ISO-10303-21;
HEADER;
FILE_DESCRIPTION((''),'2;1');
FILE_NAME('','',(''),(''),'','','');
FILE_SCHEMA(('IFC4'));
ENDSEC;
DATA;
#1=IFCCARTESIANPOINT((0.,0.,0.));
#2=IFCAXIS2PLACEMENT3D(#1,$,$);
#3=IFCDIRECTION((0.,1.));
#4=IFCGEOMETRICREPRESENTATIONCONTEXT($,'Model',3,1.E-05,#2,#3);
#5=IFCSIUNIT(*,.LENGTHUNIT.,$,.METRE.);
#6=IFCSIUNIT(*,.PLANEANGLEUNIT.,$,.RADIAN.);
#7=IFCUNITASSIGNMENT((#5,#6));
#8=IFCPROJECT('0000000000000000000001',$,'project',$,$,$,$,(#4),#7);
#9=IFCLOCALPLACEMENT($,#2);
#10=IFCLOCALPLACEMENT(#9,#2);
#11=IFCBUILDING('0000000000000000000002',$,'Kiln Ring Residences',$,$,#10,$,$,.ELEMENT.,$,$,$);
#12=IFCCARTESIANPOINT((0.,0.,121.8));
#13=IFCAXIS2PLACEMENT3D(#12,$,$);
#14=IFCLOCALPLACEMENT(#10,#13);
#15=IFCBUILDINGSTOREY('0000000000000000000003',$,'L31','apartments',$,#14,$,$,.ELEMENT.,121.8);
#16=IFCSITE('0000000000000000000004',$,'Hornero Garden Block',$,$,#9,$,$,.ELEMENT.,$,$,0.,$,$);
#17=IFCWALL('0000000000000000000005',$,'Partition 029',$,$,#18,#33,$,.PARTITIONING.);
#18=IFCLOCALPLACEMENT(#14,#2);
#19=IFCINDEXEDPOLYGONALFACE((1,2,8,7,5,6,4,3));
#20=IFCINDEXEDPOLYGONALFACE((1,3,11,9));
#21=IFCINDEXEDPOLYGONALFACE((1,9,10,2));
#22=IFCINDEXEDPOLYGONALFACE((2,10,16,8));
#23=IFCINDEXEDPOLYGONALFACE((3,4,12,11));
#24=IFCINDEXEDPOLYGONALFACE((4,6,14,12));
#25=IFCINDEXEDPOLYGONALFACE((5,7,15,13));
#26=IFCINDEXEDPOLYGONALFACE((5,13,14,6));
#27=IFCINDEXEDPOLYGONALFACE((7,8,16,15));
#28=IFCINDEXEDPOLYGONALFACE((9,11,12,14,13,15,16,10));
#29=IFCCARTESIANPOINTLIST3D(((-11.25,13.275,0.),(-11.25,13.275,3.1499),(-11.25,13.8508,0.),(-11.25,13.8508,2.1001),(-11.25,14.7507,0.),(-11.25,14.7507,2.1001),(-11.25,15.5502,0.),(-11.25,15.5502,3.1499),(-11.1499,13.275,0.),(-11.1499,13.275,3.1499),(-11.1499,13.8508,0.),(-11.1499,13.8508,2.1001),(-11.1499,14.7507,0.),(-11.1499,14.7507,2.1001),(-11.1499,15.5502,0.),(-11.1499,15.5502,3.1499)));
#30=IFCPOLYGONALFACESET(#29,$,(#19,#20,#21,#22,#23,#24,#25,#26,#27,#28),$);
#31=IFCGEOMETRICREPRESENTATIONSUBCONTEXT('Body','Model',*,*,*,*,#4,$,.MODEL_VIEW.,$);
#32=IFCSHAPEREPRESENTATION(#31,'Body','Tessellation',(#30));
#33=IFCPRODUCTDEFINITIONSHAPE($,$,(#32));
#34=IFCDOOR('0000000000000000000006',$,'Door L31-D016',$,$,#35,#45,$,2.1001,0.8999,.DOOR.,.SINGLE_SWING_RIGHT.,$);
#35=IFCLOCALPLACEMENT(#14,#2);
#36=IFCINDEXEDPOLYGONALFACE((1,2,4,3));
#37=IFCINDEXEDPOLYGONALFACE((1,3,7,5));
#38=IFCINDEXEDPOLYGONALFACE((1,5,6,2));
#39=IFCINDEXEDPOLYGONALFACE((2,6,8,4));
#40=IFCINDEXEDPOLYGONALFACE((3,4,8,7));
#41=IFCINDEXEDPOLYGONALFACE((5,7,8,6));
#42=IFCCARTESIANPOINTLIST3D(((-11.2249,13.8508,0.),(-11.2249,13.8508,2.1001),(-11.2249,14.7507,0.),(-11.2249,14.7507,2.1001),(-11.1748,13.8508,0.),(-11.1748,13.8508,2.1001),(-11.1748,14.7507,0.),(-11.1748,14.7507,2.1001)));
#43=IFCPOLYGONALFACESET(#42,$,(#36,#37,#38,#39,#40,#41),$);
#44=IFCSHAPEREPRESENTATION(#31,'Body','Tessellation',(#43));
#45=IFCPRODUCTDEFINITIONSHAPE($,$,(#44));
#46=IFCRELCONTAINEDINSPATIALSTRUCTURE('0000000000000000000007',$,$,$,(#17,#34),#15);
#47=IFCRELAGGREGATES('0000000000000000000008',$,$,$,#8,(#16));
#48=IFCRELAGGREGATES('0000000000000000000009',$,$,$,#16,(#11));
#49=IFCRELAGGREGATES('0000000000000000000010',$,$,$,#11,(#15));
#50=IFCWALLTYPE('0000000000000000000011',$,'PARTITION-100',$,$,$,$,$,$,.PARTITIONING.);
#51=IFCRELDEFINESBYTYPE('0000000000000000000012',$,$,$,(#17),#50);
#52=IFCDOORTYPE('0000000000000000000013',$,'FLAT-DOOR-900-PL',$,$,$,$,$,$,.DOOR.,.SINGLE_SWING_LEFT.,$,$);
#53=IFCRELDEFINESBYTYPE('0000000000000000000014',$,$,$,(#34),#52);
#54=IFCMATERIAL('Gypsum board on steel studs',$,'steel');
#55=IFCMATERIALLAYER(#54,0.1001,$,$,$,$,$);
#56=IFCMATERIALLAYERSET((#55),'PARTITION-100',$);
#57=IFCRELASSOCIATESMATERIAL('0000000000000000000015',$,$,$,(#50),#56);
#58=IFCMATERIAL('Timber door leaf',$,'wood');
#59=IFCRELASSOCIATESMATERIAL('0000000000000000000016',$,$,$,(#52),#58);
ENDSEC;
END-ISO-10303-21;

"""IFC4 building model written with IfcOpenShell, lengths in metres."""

from ifc_helpers import new_model, si_unit, direction, frame, frame_2d, origin, place, context, subcontext, project, spatial, rectangle, extrude, material, layer, layer_set, type_object, element, fill, save


model = new_model("IFC4")

# Units and contexts
model_context = context("Model", 3, precision=1e-05, world=origin(), true_north=direction((0.0, 1.0)))
body_context = subcontext(model_context, "Body", "Model", "MODEL_VIEW")
ifc_project = project(units=[si_unit("LENGTHUNIT", "METRE"), si_unit("PLANEANGLEUNIT", "RADIAN")], contexts=[model_context])

# Site, building, storey
site_placement = place(None, origin())
site = spatial("IfcSite", under=ifc_project, at=site_placement, Name="Hornero Garden Block", CompositionType="ELEMENT", RefElevation=0.0)
building_placement = place(site_placement, origin())
building = spatial("IfcBuilding", under=site, at=building_placement, Name="Kiln Ring Residences", CompositionType="ELEMENT")
storey_placement = place(building_placement, frame((0.0, 0.0, 121.8)))
storey = spatial("IfcBuildingStorey", under=building, at=storey_placement, Name="L31", Description="apartments", CompositionType="ELEMENT", Elevation=121.8)

# Shared definitions
ifc_material_1 = material(Name="Gypsum board on steel studs", Category="steel")
ifc_layer_1 = layer(ifc_material_1, 0.1001)
ifc_layer_set_1 = layer_set([ifc_layer_1], Name="PARTITION-100")
wall_type_1 = type_object("IfcWallType", Name="PARTITION-100", PredefinedType="PARTITIONING", material=ifc_layer_set_1)

# Wall, opening, door
wall_1_placement = place(storey_placement, frame((-11.2, 13.2749, 0.0), z_axis=(0.0, 0.0, 1.0), x_axis=(0.0, 1.0, 0.0)))
wall_1 = element("IfcWall", 1, at=wall_1_placement, inside=storey, type_object=wall_type_1, Name="Partition 029", PredefinedType="PARTITIONING", context=body_context, shape_type="SweptSolid", body=[
    extrude(rectangle(XDim=2.2751, YDim=0.1001, at=frame_2d((1.1377, 0.0))), origin(), (0.0, 0.0, 1.0), 3.1499),
])
opening_1_placement = place(wall_1_placement, frame((0.5759, 0.0, 0.0)))
opening_1 = element("IfcOpeningElement", 2, at=opening_1_placement, cuts=wall_1, PredefinedType="OPENING", context=body_context, shape_type="SweptSolid", body=[
    extrude(rectangle(XDim=0.8999, YDim=2.1001, at=frame_2d((0.45, 1.05))), frame((0.0, 0.0601, 0.0), z_axis=(0.0, -1.0, 0.0), x_axis=(1.0, 0.0, 0.0)), (0.0, 0.0, 1.0), 0.1201),
])
ifc_material_2 = material(Name="Timber door leaf", Category="wood")
door_type = type_object("IfcDoorType", Name="FLAT-DOOR-900-PL", OperationType="SINGLE_SWING_LEFT", PredefinedType="DOOR", material=ifc_material_2)
door_placement = place(opening_1_placement, origin())
door = element("IfcDoor", 3, at=door_placement, inside=storey, type_object=door_type, Name="Door L31-D016", OperationType="SINGLE_SWING_RIGHT", OverallHeight=2.1001, OverallWidth=0.8999, PredefinedType="DOOR", context=body_context, shape_type="SweptSolid", body=[
    extrude(rectangle(XDim=0.8999, YDim=2.1001, at=frame_2d((0.45, 1.05))), frame((0.0, 0.0249, 0.0), z_axis=(0.0, -1.0, 0.0), x_axis=(1.0, 0.0, 0.0)), (0.0, 0.0, 1.0), 0.05),
])
fill(opening_1, door)

save(model, "model.ifc")
